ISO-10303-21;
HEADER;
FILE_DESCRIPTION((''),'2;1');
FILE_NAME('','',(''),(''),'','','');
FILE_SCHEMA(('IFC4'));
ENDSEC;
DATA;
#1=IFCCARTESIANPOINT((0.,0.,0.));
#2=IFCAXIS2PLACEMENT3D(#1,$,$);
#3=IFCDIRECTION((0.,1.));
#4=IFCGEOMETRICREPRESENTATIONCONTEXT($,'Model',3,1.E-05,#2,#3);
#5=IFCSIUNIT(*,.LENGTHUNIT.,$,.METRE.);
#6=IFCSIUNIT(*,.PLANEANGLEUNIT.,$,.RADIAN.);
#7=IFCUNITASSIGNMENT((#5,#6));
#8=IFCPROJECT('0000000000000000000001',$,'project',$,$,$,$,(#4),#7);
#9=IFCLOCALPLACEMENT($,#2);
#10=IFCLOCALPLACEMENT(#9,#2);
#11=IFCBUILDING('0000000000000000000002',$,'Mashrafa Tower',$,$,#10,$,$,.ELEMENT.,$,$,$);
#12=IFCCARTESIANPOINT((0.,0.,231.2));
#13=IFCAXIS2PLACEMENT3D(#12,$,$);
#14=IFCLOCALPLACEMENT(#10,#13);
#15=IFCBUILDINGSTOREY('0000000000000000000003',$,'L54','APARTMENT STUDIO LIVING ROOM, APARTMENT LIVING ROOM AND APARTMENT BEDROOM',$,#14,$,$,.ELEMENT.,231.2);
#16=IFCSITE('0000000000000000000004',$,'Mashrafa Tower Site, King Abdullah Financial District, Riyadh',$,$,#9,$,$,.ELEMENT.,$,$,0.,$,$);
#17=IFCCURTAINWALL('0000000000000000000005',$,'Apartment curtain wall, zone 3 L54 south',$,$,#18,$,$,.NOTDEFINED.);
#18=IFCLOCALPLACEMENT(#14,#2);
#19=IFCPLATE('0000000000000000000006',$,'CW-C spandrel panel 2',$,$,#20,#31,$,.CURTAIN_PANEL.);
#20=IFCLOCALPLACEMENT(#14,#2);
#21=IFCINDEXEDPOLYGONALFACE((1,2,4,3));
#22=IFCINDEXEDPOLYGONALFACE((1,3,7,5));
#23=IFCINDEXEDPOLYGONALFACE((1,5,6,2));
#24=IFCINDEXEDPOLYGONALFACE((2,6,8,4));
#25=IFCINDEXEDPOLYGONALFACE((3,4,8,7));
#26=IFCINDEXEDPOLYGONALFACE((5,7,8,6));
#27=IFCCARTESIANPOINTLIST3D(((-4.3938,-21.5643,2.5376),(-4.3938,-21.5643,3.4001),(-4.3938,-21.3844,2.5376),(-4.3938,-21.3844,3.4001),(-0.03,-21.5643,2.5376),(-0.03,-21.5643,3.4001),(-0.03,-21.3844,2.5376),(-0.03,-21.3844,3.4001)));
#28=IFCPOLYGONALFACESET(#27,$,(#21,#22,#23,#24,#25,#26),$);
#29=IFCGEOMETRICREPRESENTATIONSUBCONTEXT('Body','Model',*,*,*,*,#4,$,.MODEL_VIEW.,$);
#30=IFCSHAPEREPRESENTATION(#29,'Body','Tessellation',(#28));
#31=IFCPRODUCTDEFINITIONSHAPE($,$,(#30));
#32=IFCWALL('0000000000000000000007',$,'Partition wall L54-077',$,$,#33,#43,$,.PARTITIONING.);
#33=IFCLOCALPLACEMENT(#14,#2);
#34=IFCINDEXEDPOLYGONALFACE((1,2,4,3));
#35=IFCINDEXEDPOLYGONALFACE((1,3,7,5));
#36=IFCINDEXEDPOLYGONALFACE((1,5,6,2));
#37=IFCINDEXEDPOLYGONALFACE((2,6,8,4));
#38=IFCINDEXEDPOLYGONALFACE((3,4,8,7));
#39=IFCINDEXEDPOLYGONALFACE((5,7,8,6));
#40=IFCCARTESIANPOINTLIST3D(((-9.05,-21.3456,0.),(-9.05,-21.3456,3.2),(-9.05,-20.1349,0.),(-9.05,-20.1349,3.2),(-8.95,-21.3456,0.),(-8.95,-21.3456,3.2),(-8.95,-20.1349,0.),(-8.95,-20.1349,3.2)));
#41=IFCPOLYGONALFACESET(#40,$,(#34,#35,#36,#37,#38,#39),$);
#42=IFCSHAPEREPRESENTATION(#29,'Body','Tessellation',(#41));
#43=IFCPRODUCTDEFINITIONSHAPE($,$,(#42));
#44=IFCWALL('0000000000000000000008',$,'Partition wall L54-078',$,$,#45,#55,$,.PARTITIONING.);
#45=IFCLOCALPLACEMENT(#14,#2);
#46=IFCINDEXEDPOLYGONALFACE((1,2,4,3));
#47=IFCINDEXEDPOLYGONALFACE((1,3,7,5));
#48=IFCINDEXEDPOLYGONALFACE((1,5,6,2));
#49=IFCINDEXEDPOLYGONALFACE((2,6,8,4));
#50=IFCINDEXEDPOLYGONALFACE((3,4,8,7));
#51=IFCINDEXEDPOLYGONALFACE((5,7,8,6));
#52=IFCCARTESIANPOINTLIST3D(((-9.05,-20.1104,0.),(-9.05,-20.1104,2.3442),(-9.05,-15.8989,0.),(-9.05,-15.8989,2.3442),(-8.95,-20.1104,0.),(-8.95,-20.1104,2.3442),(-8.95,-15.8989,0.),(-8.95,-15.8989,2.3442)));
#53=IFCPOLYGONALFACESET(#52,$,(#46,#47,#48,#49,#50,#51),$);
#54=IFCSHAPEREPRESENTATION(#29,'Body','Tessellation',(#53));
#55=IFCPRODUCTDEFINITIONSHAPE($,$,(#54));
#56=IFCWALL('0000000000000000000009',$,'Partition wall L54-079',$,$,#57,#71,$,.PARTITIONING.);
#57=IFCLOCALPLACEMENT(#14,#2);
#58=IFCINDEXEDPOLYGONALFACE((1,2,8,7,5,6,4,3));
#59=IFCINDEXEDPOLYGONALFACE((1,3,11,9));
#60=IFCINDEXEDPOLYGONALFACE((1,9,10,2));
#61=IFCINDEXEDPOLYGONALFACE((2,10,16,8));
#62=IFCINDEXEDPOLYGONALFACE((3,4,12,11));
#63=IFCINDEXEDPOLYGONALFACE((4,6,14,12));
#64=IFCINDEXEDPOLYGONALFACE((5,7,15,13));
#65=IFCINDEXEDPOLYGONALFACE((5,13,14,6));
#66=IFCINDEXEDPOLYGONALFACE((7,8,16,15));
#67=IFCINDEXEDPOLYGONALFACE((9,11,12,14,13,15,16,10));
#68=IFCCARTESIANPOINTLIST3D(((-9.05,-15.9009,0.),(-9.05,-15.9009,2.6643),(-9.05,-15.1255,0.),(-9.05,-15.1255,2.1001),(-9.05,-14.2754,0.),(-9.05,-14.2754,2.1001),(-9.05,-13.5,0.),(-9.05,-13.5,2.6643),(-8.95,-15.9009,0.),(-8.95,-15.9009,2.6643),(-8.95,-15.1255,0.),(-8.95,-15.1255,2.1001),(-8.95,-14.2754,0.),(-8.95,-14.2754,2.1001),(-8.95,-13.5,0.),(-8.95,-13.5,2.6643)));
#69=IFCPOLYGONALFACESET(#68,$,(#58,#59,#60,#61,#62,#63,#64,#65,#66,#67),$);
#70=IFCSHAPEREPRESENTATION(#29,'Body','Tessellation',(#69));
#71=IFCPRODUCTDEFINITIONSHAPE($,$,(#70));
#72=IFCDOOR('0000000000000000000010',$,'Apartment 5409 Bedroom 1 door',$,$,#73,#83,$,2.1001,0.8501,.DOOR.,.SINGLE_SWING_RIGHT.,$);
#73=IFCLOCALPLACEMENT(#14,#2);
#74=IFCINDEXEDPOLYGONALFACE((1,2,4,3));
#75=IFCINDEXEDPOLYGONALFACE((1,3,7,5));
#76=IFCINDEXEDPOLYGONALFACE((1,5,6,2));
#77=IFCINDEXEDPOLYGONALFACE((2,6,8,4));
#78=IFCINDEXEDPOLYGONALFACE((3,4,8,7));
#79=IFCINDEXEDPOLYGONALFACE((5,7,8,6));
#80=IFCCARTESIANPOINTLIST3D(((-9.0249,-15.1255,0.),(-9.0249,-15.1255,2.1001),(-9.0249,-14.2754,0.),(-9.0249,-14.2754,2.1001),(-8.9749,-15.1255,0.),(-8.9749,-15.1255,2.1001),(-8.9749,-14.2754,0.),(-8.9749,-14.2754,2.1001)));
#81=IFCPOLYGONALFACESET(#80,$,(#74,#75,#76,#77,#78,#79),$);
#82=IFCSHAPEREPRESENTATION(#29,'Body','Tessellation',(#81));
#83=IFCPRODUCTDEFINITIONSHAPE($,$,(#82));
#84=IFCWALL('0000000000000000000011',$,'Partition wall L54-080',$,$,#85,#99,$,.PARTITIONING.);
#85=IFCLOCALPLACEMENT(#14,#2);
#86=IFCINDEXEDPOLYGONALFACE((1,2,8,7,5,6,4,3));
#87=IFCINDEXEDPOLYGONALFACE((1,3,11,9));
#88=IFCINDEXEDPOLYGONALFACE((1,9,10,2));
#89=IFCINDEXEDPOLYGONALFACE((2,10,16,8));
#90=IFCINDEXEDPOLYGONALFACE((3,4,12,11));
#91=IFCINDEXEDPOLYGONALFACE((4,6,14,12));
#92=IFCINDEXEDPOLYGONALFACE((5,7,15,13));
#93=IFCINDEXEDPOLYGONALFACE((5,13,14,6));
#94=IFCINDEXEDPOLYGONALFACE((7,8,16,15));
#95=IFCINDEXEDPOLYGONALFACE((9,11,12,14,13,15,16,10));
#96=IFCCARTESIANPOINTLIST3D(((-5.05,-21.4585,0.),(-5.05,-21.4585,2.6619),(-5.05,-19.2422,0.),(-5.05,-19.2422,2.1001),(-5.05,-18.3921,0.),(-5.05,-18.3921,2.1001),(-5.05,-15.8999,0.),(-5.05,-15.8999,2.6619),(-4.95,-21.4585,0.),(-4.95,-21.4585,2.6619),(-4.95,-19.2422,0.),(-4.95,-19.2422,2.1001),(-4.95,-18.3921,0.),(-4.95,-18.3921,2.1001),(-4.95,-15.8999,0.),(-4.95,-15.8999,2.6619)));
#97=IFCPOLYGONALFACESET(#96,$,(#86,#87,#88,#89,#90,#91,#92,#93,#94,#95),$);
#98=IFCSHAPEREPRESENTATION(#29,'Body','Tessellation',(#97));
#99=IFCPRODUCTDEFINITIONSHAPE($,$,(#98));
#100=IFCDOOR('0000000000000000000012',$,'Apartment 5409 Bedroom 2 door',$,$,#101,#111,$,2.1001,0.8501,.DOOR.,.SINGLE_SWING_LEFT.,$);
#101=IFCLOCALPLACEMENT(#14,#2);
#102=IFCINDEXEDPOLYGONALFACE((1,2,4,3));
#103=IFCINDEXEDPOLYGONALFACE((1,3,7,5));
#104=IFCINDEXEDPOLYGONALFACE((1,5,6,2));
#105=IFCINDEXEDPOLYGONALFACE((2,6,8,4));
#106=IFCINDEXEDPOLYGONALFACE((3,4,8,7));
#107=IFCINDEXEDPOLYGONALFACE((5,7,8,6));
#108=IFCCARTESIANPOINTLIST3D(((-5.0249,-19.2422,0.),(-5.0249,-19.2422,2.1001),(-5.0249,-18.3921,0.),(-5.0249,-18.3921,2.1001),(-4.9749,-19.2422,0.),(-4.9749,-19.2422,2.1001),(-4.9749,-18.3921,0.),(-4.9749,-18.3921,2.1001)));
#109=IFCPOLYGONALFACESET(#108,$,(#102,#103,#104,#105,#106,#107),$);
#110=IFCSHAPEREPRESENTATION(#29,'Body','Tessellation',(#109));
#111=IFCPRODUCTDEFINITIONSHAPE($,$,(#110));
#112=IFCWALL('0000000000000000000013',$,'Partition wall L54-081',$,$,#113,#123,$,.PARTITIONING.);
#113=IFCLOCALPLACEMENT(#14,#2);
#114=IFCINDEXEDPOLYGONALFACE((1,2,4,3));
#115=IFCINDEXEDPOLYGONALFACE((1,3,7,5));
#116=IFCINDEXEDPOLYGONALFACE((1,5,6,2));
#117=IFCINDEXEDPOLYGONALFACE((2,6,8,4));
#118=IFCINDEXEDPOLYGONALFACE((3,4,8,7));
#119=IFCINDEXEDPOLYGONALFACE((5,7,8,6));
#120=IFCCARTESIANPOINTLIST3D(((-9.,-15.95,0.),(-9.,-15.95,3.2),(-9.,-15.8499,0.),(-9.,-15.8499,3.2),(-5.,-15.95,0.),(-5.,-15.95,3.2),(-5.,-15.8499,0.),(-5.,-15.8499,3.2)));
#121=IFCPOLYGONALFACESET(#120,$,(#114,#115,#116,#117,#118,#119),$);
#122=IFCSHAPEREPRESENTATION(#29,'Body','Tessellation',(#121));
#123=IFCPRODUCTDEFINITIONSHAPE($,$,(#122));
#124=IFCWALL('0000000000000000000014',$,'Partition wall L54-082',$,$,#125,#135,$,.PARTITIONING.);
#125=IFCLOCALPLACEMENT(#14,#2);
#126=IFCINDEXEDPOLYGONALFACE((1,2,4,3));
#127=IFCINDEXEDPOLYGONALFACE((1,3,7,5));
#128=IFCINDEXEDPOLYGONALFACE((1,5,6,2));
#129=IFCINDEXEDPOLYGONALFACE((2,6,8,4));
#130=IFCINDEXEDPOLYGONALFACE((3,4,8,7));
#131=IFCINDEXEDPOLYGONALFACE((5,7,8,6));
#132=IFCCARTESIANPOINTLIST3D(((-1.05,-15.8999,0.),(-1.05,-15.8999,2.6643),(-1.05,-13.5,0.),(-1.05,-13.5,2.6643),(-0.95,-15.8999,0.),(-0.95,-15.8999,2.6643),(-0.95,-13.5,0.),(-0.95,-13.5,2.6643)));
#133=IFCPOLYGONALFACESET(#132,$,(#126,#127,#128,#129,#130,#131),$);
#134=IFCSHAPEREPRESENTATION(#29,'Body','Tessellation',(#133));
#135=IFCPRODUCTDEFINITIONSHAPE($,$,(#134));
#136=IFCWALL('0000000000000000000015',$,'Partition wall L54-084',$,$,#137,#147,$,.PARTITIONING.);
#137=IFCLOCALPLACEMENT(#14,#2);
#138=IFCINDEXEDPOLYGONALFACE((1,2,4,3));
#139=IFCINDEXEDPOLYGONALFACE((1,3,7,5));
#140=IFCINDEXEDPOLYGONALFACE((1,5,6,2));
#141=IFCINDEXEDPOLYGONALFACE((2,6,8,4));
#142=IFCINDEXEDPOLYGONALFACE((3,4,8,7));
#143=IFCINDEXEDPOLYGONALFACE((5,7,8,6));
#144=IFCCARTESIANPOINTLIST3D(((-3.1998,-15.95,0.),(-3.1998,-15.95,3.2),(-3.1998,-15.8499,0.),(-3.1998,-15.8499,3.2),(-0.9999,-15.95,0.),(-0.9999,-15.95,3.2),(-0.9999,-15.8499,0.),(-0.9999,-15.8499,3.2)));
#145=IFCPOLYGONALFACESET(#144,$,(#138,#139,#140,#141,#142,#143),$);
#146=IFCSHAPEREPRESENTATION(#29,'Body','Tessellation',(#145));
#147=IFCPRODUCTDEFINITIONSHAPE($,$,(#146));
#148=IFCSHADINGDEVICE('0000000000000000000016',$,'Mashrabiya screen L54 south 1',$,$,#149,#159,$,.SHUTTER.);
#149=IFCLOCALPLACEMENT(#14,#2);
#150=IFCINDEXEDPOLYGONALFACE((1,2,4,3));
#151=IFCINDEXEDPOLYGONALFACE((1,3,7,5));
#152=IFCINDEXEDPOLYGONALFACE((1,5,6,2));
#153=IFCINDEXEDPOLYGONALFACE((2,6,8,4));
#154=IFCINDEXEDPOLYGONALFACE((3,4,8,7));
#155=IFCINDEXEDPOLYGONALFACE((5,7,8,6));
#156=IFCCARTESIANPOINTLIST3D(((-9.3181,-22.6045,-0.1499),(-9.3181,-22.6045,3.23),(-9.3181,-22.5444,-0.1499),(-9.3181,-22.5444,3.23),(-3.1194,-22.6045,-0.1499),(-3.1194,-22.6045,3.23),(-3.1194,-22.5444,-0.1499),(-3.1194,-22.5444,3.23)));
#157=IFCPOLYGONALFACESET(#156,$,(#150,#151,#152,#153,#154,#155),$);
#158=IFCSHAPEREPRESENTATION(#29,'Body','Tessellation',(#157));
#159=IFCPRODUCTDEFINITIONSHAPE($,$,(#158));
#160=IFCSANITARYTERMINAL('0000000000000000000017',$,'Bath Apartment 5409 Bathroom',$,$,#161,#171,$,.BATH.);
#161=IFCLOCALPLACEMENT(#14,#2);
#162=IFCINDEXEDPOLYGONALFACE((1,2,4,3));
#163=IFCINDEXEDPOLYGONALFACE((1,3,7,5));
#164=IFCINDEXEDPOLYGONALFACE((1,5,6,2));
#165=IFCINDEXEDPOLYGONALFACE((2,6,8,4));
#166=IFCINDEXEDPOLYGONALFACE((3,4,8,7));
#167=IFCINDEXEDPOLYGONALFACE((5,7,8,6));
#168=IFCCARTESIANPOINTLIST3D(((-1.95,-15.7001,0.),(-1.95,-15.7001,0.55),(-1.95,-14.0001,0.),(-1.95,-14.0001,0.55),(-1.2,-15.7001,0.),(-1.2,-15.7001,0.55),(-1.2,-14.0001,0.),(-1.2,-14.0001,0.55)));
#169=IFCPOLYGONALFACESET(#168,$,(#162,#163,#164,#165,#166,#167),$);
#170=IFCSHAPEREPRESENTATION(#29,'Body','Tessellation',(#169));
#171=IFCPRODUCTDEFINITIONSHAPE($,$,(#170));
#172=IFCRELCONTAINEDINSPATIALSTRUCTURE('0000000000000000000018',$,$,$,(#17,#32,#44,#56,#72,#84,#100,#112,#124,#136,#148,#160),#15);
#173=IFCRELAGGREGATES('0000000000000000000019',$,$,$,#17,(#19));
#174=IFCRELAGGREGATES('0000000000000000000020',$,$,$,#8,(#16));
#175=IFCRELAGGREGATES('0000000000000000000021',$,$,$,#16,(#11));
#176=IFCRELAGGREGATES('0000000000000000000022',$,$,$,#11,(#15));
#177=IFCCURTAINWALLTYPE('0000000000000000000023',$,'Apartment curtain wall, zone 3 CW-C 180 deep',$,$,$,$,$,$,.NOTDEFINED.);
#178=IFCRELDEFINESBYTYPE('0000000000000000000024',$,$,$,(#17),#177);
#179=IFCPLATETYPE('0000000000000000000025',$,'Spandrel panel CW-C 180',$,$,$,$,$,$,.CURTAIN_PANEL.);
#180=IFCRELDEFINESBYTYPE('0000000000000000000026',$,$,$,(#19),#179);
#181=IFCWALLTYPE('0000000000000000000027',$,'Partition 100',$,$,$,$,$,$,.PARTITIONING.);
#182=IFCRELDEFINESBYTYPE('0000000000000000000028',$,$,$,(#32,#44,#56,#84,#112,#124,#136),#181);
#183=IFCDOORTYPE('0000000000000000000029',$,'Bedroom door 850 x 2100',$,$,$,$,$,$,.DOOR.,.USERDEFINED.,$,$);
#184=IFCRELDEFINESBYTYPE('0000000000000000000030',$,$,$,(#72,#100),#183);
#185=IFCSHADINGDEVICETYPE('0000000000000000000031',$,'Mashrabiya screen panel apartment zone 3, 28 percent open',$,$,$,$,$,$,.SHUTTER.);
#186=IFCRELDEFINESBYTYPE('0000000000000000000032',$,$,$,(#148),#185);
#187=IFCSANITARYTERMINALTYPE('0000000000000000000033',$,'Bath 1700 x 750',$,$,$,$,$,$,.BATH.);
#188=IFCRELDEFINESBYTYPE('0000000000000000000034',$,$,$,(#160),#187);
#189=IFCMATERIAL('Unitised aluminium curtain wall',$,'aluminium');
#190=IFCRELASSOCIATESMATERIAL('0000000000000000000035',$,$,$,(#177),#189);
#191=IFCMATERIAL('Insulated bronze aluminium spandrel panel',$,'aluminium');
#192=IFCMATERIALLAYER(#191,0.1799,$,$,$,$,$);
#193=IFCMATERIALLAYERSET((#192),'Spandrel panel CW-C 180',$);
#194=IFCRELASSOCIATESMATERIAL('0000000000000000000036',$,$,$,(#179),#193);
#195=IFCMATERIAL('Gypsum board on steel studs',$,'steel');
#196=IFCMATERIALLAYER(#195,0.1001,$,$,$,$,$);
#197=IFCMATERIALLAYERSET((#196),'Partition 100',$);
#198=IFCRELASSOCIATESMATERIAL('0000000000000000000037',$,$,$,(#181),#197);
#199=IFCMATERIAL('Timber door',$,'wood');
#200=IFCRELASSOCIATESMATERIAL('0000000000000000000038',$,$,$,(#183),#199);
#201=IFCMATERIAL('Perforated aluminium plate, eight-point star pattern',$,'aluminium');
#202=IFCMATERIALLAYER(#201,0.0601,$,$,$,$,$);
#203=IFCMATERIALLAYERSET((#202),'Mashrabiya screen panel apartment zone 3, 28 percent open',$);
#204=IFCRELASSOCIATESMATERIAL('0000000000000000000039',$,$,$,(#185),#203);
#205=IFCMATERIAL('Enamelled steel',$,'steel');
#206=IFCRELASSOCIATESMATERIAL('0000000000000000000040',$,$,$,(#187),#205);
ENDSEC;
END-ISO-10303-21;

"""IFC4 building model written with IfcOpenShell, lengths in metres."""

from ifc_helpers import new_model, si_unit, direction, frame, frame_2d, origin, origin_2d, place, context, subcontext, project, spatial, rectangle, extrude, source, transform, mapped, material, layer, layer_set, type_object, type_shapes, element, fill, aggregate, save


model = new_model("IFC4")

# Units and contexts
model_context = context("Model", 3, precision=1e-05, world=origin(), true_north=direction((0.0, 1.0)))
body_context = subcontext(model_context, "Body", "Model", "MODEL_VIEW")
ifc_project = project(units=[si_unit("LENGTHUNIT", "METRE"), si_unit("PLANEANGLEUNIT", "RADIAN")], contexts=[model_context])

# Site, building, storey
site_placement = place(None, origin())
site = spatial("IfcSite", under=ifc_project, at=site_placement, Name="Mashrafa Tower Site, King Abdullah Financial District, Riyadh", CompositionType="ELEMENT", RefElevation=0.0)
building_placement = place(site_placement, origin())
building = spatial("IfcBuilding", under=site, at=building_placement, Name="Mashrafa Tower", CompositionType="ELEMENT")
storey_placement = place(building_placement, frame((0.0, 0.0, 231.2)))
storey = spatial("IfcBuildingStorey", under=building, at=storey_placement, Name="L54", Description="APARTMENT STUDIO LIVING ROOM, APARTMENT LIVING ROOM AND APARTMENT BEDROOM", CompositionType="ELEMENT", Elevation=231.2)

# Shared definitions
ifc_material_1 = material(Name="Unitised aluminium curtain wall", Category="aluminium")
curtain_wall_type = type_object("IfcCurtainWallType", Name="Apartment curtain wall, zone 3 CW-C 180 deep", PredefinedType="NOTDEFINED", material=ifc_material_1)

# Curtain wall
curtain_wall_1_placement = place(storey_placement, origin())
curtain_wall_1 = element("IfcCurtainWall", 1, at=curtain_wall_1_placement, inside=storey, type_object=curtain_wall_type, Name="Apartment curtain wall, zone 3 L54 south", PredefinedType="NOTDEFINED")

# Plate
ifc_material_2 = material(Name="Insulated bronze aluminium spandrel panel", Category="aluminium")
ifc_layer_1 = layer(ifc_material_2, 0.1799)
ifc_layer_set_1 = layer_set([ifc_layer_1], Name="Spandrel panel CW-C 180")
plate_type_1 = type_object("IfcPlateType", Name="Spandrel panel CW-C 180", PredefinedType="CURTAIN_PANEL", material=ifc_layer_set_1)
shared_shape_1 = source(origin(), body_context, "Body", "SweptSolid", [
    extrude(rectangle(XDim=4.3638, YDim=0.1799, at=origin_2d()), origin(), (0.0, 0.0, 1.0), 0.8625),
])
plate_1_placement = place(storey_placement, frame((-2.2119, -21.4744, 2.5376), z_axis=(0.0, 0.0, 1.0), x_axis=(1.0, 0.0, 0.0)))
plate_1 = element("IfcPlate", 2, at=plate_1_placement, type_object=plate_type_1, Name="CW-C spandrel panel 2", PredefinedType="CURTAIN_PANEL", context=body_context, shape_type="MappedRepresentation", body=[
    mapped(shared_shape_1, transform((0.0, 0.0, 0.0))),
])
aggregate(curtain_wall_1, [plate_1])

# Walls
ifc_material_3 = material(Name="Gypsum board on steel studs", Category="steel")
ifc_layer_2 = layer(ifc_material_3, 0.1001)
ifc_layer_set_2 = layer_set([ifc_layer_2], Name="Partition 100")
wall_type = type_object("IfcWallType", Name="Partition 100", PredefinedType="PARTITIONING", material=ifc_layer_set_2)
wall_1_placement = place(storey_placement, frame((-9.0, -21.3457, 0.0), z_axis=(0.0, 0.0, 1.0), x_axis=(0.0, 1.0, 0.0)))
element("IfcWall", 3, at=wall_1_placement, inside=storey, type_object=wall_type, Name="Partition wall L54-077", PredefinedType="PARTITIONING", context=body_context, shape_type="SweptSolid", body=[
    extrude(rectangle(XDim=1.2107, YDim=0.1001, at=frame_2d((0.6055, 0.0))), origin(), (0.0, 0.0, 1.0), 3.2),
])
wall_2_placement = place(storey_placement, frame((-9.0, -20.1104, 0.0), z_axis=(0.0, 0.0, 1.0), x_axis=(0.0, 1.0, 0.0)))
element("IfcWall", 4, at=wall_2_placement, inside=storey, type_object=wall_type, Name="Partition wall L54-078", PredefinedType="PARTITIONING", context=body_context, shape_type="SweptSolid", body=[
    extrude(rectangle(XDim=4.2114, YDim=0.1001, at=frame_2d((2.1057, 0.0))), origin(), (0.0, 0.0, 1.0), 2.3442),
])

# Walls, openings, doors
wall_3_placement = place(storey_placement, frame((-9.0, -15.9009, 0.0), z_axis=(0.0, 0.0, 1.0), x_axis=(0.0, 1.0, 0.0)))
wall_3 = element("IfcWall", 5, at=wall_3_placement, inside=storey, type_object=wall_type, Name="Partition wall L54-079", PredefinedType="PARTITIONING", context=body_context, shape_type="SweptSolid", body=[
    extrude(rectangle(XDim=2.4009, YDim=0.1001, at=frame_2d((1.2004, 0.0))), origin(), (0.0, 0.0, 1.0), 2.6643),
])
opening_1_placement = place(wall_3_placement, frame((0.7754, 0.0, 0.0)))
opening_1 = element("IfcOpeningElement", 6, at=opening_1_placement, cuts=wall_3, PredefinedType="OPENING", context=body_context, shape_type="SweptSolid", body=[
    extrude(rectangle(XDim=0.8501, YDim=2.1001, at=frame_2d((0.425, 1.05))), frame((0.0, 0.0601, 0.0), z_axis=(0.0, -1.0, 0.0), x_axis=(1.0, 0.0, 0.0)), (0.0, 0.0, 1.0), 0.1201),
])
ifc_material_4 = material(Name="Timber door", Category="wood")
door_type = type_object("IfcDoorType", Name="Bedroom door 850 x 2100", OperationType="USERDEFINED", PredefinedType="DOOR", material=ifc_material_4)
door_1_placement = place(opening_1_placement, origin())
door_1 = element("IfcDoor", 7, at=door_1_placement, inside=storey, type_object=door_type, Name="Apartment 5409 Bedroom 1 door", OperationType="SINGLE_SWING_RIGHT", OverallHeight=2.1001, OverallWidth=0.8501, PredefinedType="DOOR", context=body_context, shape_type="SweptSolid", body=[
    extrude(rectangle(XDim=0.8501, YDim=2.1001, at=frame_2d((0.425, 1.05))), frame((0.0, 0.0249, 0.0), z_axis=(0.0, -1.0, 0.0), x_axis=(1.0, 0.0, 0.0)), (0.0, 0.0, 1.0), 0.05),
])
fill(opening_1, door_1)
wall_4_placement = place(storey_placement, frame((-5.0, -21.4585, 0.0), z_axis=(0.0, 0.0, 1.0), x_axis=(0.0, 1.0, 0.0)))
wall_4 = element("IfcWall", 8, at=wall_4_placement, inside=storey, type_object=wall_type, Name="Partition wall L54-080", PredefinedType="PARTITIONING", context=body_context, shape_type="SweptSolid", body=[
    extrude(rectangle(XDim=5.5586, YDim=0.1001, at=frame_2d((2.7793, 0.0))), origin(), (0.0, 0.0, 1.0), 2.6619),
])
opening_2_placement = place(wall_4_placement, frame((2.2163, 0.0, 0.0)))
opening_2 = element("IfcOpeningElement", 9, at=opening_2_placement, cuts=wall_4, PredefinedType="OPENING", context=body_context, shape_type="SweptSolid", body=[
    extrude(rectangle(XDim=0.8501, YDim=2.1001, at=frame_2d((0.425, 1.05))), frame((0.0, 0.0601, 0.0), z_axis=(0.0, -1.0, 0.0), x_axis=(1.0, 0.0, 0.0)), (0.0, 0.0, 1.0), 0.1201),
])
door_2_placement = place(opening_2_placement, origin())
door_2 = element("IfcDoor", 10, at=door_2_placement, inside=storey, type_object=door_type, Name="Apartment 5409 Bedroom 2 door", OperationType="SINGLE_SWING_LEFT", OverallHeight=2.1001, OverallWidth=0.8501, PredefinedType="DOOR", context=body_context, shape_type="SweptSolid", body=[
    extrude(rectangle(XDim=0.8501, YDim=2.1001, at=frame_2d((0.425, 1.05))), frame((0.0, 0.0249, 0.0), z_axis=(0.0, -1.0, 0.0), x_axis=(1.0, 0.0, 0.0)), (0.0, 0.0, 1.0), 0.05),
])
fill(opening_2, door_2)

# Walls
wall_5_placement = place(storey_placement, frame((-5.0, -15.8999, 0.0), z_axis=(0.0, 0.0, 1.0), x_axis=(-1.0, 0.0, 0.0)))
element("IfcWall", 11, at=wall_5_placement, inside=storey, type_object=wall_type, Name="Partition wall L54-081", PredefinedType="PARTITIONING", context=body_context, shape_type="SweptSolid", body=[
    extrude(rectangle(XDim=4.0, YDim=0.1001, at=frame_2d((2.0, 0.0))), origin(), (0.0, 0.0, 1.0), 3.2),
])
wall_6_placement = place(storey_placement, frame((-1.0, -15.8999, 0.0), z_axis=(0.0, 0.0, 1.0), x_axis=(0.0, 1.0, 0.0)))
element("IfcWall", 12, at=wall_6_placement, inside=storey, type_object=wall_type, Name="Partition wall L54-082", PredefinedType="PARTITIONING", context=body_context, shape_type="SweptSolid", body=[
    extrude(rectangle(XDim=2.3999, YDim=0.1001, at=frame_2d((1.2, 0.0))), origin(), (0.0, 0.0, 1.0), 2.6643),
])
wall_7_placement = place(storey_placement, frame((-3.2, -15.8999, 0.0), z_axis=(0.0, 0.0, 1.0), x_axis=(1.0, 0.0, 0.0)))
element("IfcWall", 13, at=wall_7_placement, inside=storey, type_object=wall_type, Name="Partition wall L54-084", PredefinedType="PARTITIONING", context=body_context, shape_type="SweptSolid", body=[
    extrude(rectangle(XDim=2.2, YDim=0.1001, at=frame_2d((1.1001, 0.0))), origin(), (0.0, 0.0, 1.0), 3.2),
])

# Shading device
ifc_material_5 = material(Name="Perforated aluminium plate, eight-point star pattern", Category="aluminium")
ifc_layer_3 = layer(ifc_material_5, 0.0601)
ifc_layer_set_3 = layer_set([ifc_layer_3], Name="Mashrabiya screen panel apartment zone 3, 28 percent open")
shading_device_type = type_object("IfcShadingDeviceType", Name="Mashrabiya screen panel apartment zone 3, 28 percent open", PredefinedType="SHUTTER", material=ifc_layer_set_3)
shared_shape_2 = source(origin(), body_context, "Body", "SweptSolid", [
    extrude(rectangle(XDim=6.1987, YDim=0.0601, at=origin_2d()), origin(), (0.0, 0.0, 1.0), 3.3799),
])
type_shapes(shading_device_type, [shared_shape_2])
shading_device_placement = place(storey_placement, frame((-6.2188, -22.5745, -0.1499), z_axis=(0.0, 0.0, 1.0), x_axis=(1.0, 0.0, 0.0)))
element("IfcShadingDevice", 14, at=shading_device_placement, inside=storey, type_object=shading_device_type, Name="Mashrabiya screen L54 south 1", PredefinedType="SHUTTER", context=body_context, shape_type="MappedRepresentation", body=[
    mapped(shared_shape_2, transform((0.0, 0.0, 0.0))),
])

# Sanitary terminal
ifc_material_6 = material(Name="Enamelled steel", Category="steel")
sanitary_terminal_type_1 = type_object("IfcSanitaryTerminalType", Name="Bath 1700 x 750", PredefinedType="BATH", material=ifc_material_6)
sanitary_terminal_1_placement = place(storey_placement, frame((-1.575, -14.8501, 0.0), z_axis=(0.0, 0.0, 1.0), x_axis=(0.0, 1.0, 0.0)))
element("IfcSanitaryTerminal", 15, at=sanitary_terminal_1_placement, inside=storey, type_object=sanitary_terminal_type_1, Name="Bath Apartment 5409 Bathroom", PredefinedType="BATH", context=body_context, shape_type="SweptSolid", body=[
    extrude(rectangle(XDim=1.7, YDim=0.75, at=origin_2d()), origin(), (0.0, 0.0, 1.0), 0.55),
])

save(model, "model.ifc")
